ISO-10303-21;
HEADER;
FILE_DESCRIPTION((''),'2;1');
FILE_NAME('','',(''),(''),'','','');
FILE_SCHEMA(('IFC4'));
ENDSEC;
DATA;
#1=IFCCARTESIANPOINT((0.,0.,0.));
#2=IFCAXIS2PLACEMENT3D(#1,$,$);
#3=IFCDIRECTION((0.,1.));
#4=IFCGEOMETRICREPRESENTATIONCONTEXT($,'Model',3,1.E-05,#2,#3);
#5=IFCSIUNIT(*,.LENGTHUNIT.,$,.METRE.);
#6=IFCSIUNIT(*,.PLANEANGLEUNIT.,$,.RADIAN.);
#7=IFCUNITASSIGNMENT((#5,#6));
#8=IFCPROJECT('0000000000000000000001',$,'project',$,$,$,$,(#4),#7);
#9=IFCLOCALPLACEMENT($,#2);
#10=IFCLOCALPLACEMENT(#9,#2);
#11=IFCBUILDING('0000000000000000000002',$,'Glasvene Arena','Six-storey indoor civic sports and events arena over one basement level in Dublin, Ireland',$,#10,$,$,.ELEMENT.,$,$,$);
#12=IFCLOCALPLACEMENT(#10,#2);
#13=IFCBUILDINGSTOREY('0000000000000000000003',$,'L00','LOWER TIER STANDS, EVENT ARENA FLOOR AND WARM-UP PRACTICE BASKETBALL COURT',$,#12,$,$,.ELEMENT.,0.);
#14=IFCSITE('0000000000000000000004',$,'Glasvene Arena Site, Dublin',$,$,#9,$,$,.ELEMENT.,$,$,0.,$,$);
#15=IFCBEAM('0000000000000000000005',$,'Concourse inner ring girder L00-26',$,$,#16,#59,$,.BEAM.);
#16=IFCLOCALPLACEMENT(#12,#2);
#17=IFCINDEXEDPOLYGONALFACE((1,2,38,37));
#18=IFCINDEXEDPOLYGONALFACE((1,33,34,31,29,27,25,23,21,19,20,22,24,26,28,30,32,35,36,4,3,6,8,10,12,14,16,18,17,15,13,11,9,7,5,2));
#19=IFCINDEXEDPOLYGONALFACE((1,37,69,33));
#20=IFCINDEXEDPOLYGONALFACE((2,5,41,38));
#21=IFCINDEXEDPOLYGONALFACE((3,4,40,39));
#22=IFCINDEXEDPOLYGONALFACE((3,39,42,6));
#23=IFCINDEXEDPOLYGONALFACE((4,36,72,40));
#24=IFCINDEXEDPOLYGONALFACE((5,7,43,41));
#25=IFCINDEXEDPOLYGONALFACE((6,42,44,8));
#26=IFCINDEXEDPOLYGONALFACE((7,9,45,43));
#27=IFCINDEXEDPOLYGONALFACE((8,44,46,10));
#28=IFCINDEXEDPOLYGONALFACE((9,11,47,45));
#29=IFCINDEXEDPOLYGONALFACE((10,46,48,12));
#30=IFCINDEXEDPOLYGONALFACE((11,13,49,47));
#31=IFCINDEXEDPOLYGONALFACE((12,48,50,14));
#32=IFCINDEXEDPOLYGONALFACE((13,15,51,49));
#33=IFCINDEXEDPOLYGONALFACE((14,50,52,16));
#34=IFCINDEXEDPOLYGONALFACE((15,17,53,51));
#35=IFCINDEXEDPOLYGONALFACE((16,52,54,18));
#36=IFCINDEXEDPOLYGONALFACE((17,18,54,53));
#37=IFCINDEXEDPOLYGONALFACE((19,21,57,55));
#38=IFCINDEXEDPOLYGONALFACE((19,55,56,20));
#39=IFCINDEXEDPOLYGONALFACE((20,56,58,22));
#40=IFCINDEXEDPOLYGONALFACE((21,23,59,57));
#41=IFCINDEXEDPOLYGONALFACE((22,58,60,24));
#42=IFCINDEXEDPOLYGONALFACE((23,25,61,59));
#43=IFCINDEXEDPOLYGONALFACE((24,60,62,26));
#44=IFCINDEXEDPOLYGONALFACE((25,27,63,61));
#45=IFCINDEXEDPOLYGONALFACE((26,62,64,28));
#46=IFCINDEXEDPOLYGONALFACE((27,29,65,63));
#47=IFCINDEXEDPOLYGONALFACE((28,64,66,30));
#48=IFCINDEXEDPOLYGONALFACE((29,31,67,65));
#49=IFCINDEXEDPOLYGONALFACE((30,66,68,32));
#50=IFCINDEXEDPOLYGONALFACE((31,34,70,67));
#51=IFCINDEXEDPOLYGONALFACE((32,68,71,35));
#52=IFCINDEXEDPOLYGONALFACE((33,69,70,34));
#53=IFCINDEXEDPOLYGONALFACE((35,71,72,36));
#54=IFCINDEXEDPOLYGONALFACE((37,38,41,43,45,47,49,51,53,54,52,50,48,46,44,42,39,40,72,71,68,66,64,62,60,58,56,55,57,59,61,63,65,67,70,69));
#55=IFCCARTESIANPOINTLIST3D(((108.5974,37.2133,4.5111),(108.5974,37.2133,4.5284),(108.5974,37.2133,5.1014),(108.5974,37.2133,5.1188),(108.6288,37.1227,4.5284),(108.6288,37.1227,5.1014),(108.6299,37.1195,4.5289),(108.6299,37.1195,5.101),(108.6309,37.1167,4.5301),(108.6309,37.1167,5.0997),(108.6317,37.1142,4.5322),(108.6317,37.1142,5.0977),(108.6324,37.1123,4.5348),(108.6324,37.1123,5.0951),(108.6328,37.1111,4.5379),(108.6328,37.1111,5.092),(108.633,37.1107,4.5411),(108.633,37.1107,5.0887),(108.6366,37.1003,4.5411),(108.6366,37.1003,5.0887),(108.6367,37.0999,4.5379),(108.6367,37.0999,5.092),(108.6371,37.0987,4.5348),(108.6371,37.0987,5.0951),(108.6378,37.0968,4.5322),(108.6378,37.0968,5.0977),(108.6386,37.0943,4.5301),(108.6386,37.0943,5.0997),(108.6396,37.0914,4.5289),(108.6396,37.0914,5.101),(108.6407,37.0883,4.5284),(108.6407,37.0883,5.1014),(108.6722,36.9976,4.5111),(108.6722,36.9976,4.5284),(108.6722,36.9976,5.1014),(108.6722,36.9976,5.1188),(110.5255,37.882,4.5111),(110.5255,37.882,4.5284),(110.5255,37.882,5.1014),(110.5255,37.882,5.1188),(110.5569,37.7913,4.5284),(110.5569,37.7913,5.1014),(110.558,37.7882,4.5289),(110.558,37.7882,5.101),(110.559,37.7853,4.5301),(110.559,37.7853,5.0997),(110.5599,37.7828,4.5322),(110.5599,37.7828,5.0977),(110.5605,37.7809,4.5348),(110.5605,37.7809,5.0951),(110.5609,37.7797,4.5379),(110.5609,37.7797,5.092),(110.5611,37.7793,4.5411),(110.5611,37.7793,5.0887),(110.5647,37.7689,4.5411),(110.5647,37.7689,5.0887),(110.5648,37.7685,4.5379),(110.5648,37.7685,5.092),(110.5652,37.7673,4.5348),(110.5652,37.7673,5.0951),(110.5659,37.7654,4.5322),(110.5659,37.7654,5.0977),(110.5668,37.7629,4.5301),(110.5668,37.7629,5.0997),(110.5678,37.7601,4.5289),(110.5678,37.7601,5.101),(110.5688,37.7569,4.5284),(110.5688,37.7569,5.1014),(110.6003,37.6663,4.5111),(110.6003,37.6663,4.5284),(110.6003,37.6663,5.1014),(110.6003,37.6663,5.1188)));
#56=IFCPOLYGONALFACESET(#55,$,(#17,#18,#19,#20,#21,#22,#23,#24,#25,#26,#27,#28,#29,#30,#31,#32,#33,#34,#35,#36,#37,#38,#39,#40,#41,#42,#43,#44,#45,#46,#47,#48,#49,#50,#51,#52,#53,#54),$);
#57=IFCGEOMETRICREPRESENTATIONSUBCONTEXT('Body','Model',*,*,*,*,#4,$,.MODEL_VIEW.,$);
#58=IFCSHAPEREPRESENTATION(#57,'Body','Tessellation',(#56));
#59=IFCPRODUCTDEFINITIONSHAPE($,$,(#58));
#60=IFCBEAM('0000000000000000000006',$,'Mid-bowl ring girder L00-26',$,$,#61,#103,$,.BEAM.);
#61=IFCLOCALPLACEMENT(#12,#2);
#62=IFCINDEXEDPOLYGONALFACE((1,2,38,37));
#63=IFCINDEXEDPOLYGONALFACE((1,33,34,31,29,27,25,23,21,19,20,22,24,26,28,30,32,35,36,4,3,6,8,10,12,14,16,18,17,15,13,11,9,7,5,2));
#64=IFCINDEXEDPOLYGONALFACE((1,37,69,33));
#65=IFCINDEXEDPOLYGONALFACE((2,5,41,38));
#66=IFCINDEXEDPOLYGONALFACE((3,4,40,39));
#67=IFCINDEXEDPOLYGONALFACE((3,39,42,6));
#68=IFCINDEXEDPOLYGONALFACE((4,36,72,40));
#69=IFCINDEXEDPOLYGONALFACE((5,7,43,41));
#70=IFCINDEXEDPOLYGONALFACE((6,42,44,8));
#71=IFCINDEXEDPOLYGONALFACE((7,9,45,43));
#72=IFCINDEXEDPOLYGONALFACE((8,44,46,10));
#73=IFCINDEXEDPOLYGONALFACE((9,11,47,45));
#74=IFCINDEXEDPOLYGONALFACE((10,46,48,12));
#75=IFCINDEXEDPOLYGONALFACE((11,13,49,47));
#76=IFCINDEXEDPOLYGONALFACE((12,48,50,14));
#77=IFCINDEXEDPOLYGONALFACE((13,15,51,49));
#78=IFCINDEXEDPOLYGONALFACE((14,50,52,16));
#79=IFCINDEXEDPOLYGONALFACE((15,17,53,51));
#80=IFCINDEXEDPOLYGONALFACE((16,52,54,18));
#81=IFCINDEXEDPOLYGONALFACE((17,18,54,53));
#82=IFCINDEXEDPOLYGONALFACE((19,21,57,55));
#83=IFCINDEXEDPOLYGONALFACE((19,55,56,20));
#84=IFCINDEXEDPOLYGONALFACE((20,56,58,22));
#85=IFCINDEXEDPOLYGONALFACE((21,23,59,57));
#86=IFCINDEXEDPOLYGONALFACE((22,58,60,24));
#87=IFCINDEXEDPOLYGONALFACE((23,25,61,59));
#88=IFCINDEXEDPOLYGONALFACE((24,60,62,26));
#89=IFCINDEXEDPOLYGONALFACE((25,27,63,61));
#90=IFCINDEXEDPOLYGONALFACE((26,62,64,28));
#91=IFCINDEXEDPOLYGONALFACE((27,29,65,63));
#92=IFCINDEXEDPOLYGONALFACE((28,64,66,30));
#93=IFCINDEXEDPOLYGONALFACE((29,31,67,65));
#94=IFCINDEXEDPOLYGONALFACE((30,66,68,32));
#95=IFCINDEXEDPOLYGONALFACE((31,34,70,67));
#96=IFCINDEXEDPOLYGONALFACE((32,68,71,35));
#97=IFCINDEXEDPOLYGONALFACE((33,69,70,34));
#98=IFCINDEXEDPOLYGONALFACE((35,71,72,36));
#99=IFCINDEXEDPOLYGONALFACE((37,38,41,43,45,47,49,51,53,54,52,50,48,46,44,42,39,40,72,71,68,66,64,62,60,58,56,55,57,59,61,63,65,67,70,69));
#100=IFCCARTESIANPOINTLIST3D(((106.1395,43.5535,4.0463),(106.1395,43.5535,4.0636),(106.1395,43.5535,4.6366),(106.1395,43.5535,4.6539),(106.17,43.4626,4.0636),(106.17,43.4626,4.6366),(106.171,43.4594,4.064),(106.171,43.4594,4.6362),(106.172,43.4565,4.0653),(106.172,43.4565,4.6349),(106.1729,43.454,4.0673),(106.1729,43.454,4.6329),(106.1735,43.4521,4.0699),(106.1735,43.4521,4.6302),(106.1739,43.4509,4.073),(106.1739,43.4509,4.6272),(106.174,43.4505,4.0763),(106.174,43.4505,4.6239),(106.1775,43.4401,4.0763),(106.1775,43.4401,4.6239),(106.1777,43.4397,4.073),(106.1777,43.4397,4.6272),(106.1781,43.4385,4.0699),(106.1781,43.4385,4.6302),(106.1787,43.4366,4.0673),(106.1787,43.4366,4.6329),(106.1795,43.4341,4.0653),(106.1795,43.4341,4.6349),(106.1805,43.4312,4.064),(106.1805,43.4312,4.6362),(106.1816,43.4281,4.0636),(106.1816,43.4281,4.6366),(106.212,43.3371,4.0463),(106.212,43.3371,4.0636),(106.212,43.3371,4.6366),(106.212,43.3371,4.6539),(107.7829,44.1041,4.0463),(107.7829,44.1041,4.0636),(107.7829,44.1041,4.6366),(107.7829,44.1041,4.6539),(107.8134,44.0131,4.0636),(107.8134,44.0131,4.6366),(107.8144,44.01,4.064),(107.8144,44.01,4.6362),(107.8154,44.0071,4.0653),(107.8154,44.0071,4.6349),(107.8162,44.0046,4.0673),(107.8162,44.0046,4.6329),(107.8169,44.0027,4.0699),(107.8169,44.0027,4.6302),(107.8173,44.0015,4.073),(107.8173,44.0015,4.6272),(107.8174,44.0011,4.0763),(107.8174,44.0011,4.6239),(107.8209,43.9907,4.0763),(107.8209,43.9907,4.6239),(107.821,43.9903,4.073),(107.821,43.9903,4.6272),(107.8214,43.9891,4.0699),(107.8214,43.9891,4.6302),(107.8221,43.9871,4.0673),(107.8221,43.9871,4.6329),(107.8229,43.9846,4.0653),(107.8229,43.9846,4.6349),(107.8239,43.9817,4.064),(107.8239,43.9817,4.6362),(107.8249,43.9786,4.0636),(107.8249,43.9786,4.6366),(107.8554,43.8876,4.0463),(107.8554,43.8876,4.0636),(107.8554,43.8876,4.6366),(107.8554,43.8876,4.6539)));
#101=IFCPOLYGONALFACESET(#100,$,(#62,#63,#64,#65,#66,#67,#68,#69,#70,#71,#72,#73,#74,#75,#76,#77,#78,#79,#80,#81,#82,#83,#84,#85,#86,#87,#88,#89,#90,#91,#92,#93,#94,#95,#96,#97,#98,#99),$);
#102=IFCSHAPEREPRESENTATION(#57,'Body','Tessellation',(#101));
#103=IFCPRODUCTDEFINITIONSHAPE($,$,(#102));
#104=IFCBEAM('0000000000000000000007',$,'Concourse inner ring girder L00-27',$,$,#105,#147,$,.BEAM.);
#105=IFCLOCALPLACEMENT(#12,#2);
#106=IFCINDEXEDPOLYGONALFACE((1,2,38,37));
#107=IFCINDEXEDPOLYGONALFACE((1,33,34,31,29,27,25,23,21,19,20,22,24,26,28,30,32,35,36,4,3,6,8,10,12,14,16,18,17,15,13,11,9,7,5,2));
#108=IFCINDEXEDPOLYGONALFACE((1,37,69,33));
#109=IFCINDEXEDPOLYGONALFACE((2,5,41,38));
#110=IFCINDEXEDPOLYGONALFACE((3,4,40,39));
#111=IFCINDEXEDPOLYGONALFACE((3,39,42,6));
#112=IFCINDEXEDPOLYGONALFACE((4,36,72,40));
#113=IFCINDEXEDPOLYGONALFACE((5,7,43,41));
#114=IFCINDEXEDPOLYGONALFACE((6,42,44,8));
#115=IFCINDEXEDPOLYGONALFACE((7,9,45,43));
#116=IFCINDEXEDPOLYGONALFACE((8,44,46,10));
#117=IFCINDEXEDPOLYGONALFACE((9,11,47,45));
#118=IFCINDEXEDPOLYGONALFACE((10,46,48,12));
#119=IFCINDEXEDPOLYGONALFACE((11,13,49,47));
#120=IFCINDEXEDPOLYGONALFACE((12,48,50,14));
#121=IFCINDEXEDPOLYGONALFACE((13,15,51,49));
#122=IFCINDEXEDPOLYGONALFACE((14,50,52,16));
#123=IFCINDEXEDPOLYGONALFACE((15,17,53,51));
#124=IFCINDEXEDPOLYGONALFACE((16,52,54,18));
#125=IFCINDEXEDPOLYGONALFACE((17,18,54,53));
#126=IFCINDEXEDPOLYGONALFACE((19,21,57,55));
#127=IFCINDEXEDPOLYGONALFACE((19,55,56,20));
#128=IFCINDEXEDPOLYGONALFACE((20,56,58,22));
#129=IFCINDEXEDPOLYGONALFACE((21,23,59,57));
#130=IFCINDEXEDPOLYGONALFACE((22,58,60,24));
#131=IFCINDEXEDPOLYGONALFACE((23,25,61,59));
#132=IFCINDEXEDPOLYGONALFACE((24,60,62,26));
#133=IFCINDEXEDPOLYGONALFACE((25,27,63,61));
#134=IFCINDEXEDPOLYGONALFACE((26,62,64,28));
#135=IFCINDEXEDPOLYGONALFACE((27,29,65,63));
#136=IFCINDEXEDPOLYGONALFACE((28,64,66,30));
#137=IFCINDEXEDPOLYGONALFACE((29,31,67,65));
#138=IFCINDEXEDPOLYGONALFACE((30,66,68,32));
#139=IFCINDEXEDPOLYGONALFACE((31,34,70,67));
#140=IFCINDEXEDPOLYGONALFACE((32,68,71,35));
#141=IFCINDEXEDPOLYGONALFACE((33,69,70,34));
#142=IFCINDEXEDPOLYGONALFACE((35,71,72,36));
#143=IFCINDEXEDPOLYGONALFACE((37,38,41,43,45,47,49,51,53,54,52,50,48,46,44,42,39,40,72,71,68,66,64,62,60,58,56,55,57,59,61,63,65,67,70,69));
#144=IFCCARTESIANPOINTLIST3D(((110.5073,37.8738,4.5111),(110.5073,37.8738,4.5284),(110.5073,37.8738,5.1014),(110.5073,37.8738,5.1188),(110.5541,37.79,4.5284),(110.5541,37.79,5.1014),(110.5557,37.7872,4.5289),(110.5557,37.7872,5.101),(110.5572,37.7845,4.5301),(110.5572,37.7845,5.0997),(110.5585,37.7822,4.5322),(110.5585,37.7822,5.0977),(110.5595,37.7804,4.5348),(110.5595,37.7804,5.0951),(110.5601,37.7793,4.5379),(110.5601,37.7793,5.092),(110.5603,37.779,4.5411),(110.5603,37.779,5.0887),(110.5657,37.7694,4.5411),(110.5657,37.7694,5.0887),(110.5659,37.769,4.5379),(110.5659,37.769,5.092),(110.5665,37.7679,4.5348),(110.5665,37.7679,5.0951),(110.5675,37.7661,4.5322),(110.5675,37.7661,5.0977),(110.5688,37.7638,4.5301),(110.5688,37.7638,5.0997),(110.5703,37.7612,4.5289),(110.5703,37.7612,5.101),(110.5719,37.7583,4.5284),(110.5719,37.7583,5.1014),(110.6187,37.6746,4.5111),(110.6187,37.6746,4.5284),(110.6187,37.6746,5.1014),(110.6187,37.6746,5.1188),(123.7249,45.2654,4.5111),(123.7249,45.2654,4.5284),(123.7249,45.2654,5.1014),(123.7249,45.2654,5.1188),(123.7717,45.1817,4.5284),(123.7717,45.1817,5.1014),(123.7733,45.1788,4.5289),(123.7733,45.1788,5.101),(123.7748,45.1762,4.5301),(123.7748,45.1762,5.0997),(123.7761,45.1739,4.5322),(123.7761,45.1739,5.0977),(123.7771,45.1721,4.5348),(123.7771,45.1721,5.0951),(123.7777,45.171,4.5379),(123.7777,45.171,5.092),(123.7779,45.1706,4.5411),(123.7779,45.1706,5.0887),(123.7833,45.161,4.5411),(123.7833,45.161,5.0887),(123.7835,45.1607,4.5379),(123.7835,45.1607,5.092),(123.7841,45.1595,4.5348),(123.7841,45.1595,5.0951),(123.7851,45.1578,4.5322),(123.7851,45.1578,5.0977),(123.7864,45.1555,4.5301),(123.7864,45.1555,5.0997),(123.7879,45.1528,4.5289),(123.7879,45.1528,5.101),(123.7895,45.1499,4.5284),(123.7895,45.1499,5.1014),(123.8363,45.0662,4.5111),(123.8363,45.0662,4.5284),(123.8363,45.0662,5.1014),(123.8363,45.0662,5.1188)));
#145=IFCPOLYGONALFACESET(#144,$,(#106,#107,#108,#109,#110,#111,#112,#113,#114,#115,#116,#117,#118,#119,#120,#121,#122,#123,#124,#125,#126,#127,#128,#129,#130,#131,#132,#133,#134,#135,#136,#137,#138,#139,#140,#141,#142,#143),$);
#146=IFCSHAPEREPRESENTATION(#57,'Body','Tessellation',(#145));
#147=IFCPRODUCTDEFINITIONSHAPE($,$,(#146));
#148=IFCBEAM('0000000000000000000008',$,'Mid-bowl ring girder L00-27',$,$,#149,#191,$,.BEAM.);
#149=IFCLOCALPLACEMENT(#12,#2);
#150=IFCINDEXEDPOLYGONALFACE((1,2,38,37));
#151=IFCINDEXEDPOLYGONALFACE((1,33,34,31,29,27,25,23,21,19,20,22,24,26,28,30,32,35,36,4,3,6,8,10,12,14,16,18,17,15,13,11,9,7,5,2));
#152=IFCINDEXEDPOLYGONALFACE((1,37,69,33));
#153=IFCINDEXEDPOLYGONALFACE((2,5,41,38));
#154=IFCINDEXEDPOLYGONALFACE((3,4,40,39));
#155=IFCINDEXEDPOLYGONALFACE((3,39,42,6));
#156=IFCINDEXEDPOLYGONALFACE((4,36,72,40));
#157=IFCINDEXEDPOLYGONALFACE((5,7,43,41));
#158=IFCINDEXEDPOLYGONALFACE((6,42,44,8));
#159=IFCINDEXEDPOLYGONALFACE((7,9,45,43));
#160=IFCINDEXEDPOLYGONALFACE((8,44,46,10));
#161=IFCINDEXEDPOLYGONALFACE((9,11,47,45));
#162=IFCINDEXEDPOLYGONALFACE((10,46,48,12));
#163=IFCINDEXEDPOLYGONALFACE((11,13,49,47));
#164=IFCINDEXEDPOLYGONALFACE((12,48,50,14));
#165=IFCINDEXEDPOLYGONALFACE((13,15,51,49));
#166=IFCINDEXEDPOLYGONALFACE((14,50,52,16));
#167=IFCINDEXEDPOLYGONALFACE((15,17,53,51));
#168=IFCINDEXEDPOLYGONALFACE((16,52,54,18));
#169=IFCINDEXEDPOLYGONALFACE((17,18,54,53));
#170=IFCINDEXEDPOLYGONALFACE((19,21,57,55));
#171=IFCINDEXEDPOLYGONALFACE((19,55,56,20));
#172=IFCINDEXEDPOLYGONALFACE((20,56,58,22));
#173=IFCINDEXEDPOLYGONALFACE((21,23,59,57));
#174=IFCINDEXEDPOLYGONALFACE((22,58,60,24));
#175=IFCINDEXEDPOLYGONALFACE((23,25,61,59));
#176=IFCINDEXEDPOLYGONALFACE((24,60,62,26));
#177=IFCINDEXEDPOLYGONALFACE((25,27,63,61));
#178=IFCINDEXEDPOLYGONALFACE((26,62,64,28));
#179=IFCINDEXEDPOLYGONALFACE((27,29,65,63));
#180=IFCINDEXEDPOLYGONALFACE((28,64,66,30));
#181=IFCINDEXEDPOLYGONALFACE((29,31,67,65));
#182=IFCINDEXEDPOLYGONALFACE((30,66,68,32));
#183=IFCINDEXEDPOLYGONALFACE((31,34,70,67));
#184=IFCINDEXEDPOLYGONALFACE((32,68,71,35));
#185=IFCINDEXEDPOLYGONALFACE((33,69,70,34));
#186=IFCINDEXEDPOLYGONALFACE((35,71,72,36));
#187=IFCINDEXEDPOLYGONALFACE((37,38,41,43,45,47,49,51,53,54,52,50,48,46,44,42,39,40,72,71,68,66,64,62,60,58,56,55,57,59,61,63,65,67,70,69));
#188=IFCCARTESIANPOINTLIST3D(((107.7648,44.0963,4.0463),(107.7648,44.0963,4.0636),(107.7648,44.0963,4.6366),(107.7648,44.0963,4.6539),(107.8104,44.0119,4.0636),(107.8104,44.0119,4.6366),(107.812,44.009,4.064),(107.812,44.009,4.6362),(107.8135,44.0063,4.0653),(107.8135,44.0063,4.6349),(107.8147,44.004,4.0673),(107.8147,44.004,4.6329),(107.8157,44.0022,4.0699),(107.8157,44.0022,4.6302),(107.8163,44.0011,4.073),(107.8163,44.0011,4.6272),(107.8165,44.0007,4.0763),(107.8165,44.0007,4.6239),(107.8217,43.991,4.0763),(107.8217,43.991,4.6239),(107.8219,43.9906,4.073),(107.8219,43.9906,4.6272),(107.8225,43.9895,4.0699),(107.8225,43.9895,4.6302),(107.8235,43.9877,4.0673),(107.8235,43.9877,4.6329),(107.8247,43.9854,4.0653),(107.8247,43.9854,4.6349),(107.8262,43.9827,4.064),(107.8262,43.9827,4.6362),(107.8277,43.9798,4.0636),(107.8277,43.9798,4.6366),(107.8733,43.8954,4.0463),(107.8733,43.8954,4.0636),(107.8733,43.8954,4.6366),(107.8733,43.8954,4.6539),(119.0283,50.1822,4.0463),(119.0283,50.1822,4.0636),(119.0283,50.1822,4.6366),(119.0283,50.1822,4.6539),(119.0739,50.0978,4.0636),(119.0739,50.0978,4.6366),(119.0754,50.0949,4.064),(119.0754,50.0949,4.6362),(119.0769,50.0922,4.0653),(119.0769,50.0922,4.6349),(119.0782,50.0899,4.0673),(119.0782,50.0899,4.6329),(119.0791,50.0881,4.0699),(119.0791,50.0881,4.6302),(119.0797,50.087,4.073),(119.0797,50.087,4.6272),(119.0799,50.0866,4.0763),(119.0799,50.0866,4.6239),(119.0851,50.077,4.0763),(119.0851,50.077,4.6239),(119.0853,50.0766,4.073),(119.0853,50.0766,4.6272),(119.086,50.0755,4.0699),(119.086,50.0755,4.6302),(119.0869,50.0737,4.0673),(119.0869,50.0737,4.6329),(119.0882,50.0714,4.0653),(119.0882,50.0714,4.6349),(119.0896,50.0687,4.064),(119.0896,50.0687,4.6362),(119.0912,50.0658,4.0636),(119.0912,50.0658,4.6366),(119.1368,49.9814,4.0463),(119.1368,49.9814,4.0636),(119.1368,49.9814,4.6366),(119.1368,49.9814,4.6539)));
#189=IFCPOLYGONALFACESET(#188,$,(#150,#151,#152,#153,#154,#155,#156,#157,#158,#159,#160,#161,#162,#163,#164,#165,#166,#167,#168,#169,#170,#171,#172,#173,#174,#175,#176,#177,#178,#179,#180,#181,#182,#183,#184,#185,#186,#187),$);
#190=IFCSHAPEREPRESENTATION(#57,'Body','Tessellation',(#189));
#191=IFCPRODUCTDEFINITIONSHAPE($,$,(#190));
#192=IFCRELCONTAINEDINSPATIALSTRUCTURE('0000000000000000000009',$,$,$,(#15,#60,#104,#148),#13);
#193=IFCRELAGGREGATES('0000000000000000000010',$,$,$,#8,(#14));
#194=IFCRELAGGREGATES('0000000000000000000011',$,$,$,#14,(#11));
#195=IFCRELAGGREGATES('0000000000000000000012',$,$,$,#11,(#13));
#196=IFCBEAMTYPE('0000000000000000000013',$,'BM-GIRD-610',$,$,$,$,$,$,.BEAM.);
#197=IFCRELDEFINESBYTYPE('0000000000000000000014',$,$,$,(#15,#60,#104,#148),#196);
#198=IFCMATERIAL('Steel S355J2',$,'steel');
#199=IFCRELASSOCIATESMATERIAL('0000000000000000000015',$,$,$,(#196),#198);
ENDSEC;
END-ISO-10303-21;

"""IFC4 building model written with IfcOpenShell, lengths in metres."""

from ifc_helpers import new_model, si_unit, direction, frame, origin, origin_2d, place, context, subcontext, project, spatial, i_section, extrude, material, material_profile, profile_set, type_object, element, save


model = new_model("IFC4")

# Units and contexts
model_context = context("Model", 3, precision=1e-05, world=origin(), true_north=direction((0.0, 1.0)))
body_context = subcontext(model_context, "Body", "Model", "MODEL_VIEW")
ifc_project = project(units=[si_unit("LENGTHUNIT", "METRE"), si_unit("PLANEANGLEUNIT", "RADIAN")], contexts=[model_context])

# Site, building, storey
site_placement = place(None, origin())
site = spatial("IfcSite", under=ifc_project, at=site_placement, Name="Glasvene Arena Site, Dublin", CompositionType="ELEMENT", RefElevation=0.0)
building_placement = place(site_placement, origin())
building = spatial("IfcBuilding", under=site, at=building_placement, Name="Glasvene Arena", Description="Six-storey indoor civic sports and events arena over one basement level in Dublin, Ireland", CompositionType="ELEMENT")
storey_placement = place(building_placement, origin())
storey = spatial("IfcBuildingStorey", under=building, at=storey_placement, Name="L00", Description="LOWER TIER STANDS, EVENT ARENA FLOOR AND WARM-UP PRACTICE BASKETBALL COURT", CompositionType="ELEMENT", Elevation=0.0)

# Shared definitions
ifc_material_1 = material(Name="Steel S355J2", Category="steel")

# Beams
ifc_material_profile_1 = material_profile(ifc_material_1, i_section(OverallWidth=0.2283, OverallDepth=0.6077, WebThickness=0.011, FlangeThickness=0.0173, FilletRadius=0.0127, at=origin_2d()), Name="UKB 610x229x113")
ifc_profile_set_1 = profile_set([ifc_material_profile_1], Name="Steel S355J2")
beam_type_1 = type_object("IfcBeamType", Name="BM-GIRD-610", PredefinedType="BEAM", material=ifc_profile_set_1)
beam_1_placement = place(storey_placement, frame((108.6348, 37.1055, 4.8149), z_axis=(0.944798, 0.327653, 0.0), x_axis=(-0.327653, 0.944798, 0.0)))
element("IfcBeam", 1, at=beam_1_placement, inside=storey, type_object=beam_type_1, Name="Concourse inner ring girder L00-26", PredefinedType="BEAM", context=body_context, shape_type="SweptSolid", body=[
    extrude(i_section(OverallWidth=0.2283, OverallDepth=0.6077, WebThickness=0.011, FlangeThickness=0.0173, FilletRadius=0.0127, at=origin_2d()), origin(), (0.0, 0.0, 1.0), 2.0408),
])
beam_2_placement = place(storey_placement, frame((106.1758, 43.4453, 4.3501), z_axis=(0.948203, 0.317664, 0.0), x_axis=(-0.317664, 0.948203, 0.0)))
element("IfcBeam", 2, at=beam_2_placement, inside=storey, type_object=beam_type_1, Name="Mid-bowl ring girder L00-26", PredefinedType="BEAM", context=body_context, shape_type="SweptSolid", body=[
    extrude(i_section(OverallWidth=0.2283, OverallDepth=0.6077, WebThickness=0.011, FlangeThickness=0.0173, FilletRadius=0.0127, at=origin_2d()), origin(), (0.0, 0.0, 1.0), 1.7332),
])
beam_3_placement = place(storey_placement, frame((110.563, 37.7742, 4.8149), z_axis=(0.872793, 0.48809, 0.0), x_axis=(-0.48809, 0.872793, 0.0)))
element("IfcBeam", 3, at=beam_3_placement, inside=storey, type_object=beam_type_1, Name="Concourse inner ring girder L00-27", PredefinedType="BEAM", context=body_context, shape_type="SweptSolid", body=[
    extrude(i_section(OverallWidth=0.2283, OverallDepth=0.6077, WebThickness=0.011, FlangeThickness=0.0173, FilletRadius=0.0127, at=origin_2d()), origin(), (0.0, 0.0, 1.0), 15.144),
])
beam_4_placement = place(storey_placement, frame((107.8191, 43.9958, 4.3501), z_axis=(0.879785, 0.475372, 0.0), x_axis=(-0.475372, 0.879785, 0.0)))
element("IfcBeam", 4, at=beam_4_placement, inside=storey, type_object=beam_type_1, Name="Mid-bowl ring girder L00-27", PredefinedType="BEAM", context=body_context, shape_type="SweptSolid", body=[
    extrude(i_section(OverallWidth=0.2283, OverallDepth=0.6077, WebThickness=0.011, FlangeThickness=0.0173, FilletRadius=0.0127, at=origin_2d()), origin(), (0.0, 0.0, 1.0), 12.8025),
])

save(model, "model.ifc")
